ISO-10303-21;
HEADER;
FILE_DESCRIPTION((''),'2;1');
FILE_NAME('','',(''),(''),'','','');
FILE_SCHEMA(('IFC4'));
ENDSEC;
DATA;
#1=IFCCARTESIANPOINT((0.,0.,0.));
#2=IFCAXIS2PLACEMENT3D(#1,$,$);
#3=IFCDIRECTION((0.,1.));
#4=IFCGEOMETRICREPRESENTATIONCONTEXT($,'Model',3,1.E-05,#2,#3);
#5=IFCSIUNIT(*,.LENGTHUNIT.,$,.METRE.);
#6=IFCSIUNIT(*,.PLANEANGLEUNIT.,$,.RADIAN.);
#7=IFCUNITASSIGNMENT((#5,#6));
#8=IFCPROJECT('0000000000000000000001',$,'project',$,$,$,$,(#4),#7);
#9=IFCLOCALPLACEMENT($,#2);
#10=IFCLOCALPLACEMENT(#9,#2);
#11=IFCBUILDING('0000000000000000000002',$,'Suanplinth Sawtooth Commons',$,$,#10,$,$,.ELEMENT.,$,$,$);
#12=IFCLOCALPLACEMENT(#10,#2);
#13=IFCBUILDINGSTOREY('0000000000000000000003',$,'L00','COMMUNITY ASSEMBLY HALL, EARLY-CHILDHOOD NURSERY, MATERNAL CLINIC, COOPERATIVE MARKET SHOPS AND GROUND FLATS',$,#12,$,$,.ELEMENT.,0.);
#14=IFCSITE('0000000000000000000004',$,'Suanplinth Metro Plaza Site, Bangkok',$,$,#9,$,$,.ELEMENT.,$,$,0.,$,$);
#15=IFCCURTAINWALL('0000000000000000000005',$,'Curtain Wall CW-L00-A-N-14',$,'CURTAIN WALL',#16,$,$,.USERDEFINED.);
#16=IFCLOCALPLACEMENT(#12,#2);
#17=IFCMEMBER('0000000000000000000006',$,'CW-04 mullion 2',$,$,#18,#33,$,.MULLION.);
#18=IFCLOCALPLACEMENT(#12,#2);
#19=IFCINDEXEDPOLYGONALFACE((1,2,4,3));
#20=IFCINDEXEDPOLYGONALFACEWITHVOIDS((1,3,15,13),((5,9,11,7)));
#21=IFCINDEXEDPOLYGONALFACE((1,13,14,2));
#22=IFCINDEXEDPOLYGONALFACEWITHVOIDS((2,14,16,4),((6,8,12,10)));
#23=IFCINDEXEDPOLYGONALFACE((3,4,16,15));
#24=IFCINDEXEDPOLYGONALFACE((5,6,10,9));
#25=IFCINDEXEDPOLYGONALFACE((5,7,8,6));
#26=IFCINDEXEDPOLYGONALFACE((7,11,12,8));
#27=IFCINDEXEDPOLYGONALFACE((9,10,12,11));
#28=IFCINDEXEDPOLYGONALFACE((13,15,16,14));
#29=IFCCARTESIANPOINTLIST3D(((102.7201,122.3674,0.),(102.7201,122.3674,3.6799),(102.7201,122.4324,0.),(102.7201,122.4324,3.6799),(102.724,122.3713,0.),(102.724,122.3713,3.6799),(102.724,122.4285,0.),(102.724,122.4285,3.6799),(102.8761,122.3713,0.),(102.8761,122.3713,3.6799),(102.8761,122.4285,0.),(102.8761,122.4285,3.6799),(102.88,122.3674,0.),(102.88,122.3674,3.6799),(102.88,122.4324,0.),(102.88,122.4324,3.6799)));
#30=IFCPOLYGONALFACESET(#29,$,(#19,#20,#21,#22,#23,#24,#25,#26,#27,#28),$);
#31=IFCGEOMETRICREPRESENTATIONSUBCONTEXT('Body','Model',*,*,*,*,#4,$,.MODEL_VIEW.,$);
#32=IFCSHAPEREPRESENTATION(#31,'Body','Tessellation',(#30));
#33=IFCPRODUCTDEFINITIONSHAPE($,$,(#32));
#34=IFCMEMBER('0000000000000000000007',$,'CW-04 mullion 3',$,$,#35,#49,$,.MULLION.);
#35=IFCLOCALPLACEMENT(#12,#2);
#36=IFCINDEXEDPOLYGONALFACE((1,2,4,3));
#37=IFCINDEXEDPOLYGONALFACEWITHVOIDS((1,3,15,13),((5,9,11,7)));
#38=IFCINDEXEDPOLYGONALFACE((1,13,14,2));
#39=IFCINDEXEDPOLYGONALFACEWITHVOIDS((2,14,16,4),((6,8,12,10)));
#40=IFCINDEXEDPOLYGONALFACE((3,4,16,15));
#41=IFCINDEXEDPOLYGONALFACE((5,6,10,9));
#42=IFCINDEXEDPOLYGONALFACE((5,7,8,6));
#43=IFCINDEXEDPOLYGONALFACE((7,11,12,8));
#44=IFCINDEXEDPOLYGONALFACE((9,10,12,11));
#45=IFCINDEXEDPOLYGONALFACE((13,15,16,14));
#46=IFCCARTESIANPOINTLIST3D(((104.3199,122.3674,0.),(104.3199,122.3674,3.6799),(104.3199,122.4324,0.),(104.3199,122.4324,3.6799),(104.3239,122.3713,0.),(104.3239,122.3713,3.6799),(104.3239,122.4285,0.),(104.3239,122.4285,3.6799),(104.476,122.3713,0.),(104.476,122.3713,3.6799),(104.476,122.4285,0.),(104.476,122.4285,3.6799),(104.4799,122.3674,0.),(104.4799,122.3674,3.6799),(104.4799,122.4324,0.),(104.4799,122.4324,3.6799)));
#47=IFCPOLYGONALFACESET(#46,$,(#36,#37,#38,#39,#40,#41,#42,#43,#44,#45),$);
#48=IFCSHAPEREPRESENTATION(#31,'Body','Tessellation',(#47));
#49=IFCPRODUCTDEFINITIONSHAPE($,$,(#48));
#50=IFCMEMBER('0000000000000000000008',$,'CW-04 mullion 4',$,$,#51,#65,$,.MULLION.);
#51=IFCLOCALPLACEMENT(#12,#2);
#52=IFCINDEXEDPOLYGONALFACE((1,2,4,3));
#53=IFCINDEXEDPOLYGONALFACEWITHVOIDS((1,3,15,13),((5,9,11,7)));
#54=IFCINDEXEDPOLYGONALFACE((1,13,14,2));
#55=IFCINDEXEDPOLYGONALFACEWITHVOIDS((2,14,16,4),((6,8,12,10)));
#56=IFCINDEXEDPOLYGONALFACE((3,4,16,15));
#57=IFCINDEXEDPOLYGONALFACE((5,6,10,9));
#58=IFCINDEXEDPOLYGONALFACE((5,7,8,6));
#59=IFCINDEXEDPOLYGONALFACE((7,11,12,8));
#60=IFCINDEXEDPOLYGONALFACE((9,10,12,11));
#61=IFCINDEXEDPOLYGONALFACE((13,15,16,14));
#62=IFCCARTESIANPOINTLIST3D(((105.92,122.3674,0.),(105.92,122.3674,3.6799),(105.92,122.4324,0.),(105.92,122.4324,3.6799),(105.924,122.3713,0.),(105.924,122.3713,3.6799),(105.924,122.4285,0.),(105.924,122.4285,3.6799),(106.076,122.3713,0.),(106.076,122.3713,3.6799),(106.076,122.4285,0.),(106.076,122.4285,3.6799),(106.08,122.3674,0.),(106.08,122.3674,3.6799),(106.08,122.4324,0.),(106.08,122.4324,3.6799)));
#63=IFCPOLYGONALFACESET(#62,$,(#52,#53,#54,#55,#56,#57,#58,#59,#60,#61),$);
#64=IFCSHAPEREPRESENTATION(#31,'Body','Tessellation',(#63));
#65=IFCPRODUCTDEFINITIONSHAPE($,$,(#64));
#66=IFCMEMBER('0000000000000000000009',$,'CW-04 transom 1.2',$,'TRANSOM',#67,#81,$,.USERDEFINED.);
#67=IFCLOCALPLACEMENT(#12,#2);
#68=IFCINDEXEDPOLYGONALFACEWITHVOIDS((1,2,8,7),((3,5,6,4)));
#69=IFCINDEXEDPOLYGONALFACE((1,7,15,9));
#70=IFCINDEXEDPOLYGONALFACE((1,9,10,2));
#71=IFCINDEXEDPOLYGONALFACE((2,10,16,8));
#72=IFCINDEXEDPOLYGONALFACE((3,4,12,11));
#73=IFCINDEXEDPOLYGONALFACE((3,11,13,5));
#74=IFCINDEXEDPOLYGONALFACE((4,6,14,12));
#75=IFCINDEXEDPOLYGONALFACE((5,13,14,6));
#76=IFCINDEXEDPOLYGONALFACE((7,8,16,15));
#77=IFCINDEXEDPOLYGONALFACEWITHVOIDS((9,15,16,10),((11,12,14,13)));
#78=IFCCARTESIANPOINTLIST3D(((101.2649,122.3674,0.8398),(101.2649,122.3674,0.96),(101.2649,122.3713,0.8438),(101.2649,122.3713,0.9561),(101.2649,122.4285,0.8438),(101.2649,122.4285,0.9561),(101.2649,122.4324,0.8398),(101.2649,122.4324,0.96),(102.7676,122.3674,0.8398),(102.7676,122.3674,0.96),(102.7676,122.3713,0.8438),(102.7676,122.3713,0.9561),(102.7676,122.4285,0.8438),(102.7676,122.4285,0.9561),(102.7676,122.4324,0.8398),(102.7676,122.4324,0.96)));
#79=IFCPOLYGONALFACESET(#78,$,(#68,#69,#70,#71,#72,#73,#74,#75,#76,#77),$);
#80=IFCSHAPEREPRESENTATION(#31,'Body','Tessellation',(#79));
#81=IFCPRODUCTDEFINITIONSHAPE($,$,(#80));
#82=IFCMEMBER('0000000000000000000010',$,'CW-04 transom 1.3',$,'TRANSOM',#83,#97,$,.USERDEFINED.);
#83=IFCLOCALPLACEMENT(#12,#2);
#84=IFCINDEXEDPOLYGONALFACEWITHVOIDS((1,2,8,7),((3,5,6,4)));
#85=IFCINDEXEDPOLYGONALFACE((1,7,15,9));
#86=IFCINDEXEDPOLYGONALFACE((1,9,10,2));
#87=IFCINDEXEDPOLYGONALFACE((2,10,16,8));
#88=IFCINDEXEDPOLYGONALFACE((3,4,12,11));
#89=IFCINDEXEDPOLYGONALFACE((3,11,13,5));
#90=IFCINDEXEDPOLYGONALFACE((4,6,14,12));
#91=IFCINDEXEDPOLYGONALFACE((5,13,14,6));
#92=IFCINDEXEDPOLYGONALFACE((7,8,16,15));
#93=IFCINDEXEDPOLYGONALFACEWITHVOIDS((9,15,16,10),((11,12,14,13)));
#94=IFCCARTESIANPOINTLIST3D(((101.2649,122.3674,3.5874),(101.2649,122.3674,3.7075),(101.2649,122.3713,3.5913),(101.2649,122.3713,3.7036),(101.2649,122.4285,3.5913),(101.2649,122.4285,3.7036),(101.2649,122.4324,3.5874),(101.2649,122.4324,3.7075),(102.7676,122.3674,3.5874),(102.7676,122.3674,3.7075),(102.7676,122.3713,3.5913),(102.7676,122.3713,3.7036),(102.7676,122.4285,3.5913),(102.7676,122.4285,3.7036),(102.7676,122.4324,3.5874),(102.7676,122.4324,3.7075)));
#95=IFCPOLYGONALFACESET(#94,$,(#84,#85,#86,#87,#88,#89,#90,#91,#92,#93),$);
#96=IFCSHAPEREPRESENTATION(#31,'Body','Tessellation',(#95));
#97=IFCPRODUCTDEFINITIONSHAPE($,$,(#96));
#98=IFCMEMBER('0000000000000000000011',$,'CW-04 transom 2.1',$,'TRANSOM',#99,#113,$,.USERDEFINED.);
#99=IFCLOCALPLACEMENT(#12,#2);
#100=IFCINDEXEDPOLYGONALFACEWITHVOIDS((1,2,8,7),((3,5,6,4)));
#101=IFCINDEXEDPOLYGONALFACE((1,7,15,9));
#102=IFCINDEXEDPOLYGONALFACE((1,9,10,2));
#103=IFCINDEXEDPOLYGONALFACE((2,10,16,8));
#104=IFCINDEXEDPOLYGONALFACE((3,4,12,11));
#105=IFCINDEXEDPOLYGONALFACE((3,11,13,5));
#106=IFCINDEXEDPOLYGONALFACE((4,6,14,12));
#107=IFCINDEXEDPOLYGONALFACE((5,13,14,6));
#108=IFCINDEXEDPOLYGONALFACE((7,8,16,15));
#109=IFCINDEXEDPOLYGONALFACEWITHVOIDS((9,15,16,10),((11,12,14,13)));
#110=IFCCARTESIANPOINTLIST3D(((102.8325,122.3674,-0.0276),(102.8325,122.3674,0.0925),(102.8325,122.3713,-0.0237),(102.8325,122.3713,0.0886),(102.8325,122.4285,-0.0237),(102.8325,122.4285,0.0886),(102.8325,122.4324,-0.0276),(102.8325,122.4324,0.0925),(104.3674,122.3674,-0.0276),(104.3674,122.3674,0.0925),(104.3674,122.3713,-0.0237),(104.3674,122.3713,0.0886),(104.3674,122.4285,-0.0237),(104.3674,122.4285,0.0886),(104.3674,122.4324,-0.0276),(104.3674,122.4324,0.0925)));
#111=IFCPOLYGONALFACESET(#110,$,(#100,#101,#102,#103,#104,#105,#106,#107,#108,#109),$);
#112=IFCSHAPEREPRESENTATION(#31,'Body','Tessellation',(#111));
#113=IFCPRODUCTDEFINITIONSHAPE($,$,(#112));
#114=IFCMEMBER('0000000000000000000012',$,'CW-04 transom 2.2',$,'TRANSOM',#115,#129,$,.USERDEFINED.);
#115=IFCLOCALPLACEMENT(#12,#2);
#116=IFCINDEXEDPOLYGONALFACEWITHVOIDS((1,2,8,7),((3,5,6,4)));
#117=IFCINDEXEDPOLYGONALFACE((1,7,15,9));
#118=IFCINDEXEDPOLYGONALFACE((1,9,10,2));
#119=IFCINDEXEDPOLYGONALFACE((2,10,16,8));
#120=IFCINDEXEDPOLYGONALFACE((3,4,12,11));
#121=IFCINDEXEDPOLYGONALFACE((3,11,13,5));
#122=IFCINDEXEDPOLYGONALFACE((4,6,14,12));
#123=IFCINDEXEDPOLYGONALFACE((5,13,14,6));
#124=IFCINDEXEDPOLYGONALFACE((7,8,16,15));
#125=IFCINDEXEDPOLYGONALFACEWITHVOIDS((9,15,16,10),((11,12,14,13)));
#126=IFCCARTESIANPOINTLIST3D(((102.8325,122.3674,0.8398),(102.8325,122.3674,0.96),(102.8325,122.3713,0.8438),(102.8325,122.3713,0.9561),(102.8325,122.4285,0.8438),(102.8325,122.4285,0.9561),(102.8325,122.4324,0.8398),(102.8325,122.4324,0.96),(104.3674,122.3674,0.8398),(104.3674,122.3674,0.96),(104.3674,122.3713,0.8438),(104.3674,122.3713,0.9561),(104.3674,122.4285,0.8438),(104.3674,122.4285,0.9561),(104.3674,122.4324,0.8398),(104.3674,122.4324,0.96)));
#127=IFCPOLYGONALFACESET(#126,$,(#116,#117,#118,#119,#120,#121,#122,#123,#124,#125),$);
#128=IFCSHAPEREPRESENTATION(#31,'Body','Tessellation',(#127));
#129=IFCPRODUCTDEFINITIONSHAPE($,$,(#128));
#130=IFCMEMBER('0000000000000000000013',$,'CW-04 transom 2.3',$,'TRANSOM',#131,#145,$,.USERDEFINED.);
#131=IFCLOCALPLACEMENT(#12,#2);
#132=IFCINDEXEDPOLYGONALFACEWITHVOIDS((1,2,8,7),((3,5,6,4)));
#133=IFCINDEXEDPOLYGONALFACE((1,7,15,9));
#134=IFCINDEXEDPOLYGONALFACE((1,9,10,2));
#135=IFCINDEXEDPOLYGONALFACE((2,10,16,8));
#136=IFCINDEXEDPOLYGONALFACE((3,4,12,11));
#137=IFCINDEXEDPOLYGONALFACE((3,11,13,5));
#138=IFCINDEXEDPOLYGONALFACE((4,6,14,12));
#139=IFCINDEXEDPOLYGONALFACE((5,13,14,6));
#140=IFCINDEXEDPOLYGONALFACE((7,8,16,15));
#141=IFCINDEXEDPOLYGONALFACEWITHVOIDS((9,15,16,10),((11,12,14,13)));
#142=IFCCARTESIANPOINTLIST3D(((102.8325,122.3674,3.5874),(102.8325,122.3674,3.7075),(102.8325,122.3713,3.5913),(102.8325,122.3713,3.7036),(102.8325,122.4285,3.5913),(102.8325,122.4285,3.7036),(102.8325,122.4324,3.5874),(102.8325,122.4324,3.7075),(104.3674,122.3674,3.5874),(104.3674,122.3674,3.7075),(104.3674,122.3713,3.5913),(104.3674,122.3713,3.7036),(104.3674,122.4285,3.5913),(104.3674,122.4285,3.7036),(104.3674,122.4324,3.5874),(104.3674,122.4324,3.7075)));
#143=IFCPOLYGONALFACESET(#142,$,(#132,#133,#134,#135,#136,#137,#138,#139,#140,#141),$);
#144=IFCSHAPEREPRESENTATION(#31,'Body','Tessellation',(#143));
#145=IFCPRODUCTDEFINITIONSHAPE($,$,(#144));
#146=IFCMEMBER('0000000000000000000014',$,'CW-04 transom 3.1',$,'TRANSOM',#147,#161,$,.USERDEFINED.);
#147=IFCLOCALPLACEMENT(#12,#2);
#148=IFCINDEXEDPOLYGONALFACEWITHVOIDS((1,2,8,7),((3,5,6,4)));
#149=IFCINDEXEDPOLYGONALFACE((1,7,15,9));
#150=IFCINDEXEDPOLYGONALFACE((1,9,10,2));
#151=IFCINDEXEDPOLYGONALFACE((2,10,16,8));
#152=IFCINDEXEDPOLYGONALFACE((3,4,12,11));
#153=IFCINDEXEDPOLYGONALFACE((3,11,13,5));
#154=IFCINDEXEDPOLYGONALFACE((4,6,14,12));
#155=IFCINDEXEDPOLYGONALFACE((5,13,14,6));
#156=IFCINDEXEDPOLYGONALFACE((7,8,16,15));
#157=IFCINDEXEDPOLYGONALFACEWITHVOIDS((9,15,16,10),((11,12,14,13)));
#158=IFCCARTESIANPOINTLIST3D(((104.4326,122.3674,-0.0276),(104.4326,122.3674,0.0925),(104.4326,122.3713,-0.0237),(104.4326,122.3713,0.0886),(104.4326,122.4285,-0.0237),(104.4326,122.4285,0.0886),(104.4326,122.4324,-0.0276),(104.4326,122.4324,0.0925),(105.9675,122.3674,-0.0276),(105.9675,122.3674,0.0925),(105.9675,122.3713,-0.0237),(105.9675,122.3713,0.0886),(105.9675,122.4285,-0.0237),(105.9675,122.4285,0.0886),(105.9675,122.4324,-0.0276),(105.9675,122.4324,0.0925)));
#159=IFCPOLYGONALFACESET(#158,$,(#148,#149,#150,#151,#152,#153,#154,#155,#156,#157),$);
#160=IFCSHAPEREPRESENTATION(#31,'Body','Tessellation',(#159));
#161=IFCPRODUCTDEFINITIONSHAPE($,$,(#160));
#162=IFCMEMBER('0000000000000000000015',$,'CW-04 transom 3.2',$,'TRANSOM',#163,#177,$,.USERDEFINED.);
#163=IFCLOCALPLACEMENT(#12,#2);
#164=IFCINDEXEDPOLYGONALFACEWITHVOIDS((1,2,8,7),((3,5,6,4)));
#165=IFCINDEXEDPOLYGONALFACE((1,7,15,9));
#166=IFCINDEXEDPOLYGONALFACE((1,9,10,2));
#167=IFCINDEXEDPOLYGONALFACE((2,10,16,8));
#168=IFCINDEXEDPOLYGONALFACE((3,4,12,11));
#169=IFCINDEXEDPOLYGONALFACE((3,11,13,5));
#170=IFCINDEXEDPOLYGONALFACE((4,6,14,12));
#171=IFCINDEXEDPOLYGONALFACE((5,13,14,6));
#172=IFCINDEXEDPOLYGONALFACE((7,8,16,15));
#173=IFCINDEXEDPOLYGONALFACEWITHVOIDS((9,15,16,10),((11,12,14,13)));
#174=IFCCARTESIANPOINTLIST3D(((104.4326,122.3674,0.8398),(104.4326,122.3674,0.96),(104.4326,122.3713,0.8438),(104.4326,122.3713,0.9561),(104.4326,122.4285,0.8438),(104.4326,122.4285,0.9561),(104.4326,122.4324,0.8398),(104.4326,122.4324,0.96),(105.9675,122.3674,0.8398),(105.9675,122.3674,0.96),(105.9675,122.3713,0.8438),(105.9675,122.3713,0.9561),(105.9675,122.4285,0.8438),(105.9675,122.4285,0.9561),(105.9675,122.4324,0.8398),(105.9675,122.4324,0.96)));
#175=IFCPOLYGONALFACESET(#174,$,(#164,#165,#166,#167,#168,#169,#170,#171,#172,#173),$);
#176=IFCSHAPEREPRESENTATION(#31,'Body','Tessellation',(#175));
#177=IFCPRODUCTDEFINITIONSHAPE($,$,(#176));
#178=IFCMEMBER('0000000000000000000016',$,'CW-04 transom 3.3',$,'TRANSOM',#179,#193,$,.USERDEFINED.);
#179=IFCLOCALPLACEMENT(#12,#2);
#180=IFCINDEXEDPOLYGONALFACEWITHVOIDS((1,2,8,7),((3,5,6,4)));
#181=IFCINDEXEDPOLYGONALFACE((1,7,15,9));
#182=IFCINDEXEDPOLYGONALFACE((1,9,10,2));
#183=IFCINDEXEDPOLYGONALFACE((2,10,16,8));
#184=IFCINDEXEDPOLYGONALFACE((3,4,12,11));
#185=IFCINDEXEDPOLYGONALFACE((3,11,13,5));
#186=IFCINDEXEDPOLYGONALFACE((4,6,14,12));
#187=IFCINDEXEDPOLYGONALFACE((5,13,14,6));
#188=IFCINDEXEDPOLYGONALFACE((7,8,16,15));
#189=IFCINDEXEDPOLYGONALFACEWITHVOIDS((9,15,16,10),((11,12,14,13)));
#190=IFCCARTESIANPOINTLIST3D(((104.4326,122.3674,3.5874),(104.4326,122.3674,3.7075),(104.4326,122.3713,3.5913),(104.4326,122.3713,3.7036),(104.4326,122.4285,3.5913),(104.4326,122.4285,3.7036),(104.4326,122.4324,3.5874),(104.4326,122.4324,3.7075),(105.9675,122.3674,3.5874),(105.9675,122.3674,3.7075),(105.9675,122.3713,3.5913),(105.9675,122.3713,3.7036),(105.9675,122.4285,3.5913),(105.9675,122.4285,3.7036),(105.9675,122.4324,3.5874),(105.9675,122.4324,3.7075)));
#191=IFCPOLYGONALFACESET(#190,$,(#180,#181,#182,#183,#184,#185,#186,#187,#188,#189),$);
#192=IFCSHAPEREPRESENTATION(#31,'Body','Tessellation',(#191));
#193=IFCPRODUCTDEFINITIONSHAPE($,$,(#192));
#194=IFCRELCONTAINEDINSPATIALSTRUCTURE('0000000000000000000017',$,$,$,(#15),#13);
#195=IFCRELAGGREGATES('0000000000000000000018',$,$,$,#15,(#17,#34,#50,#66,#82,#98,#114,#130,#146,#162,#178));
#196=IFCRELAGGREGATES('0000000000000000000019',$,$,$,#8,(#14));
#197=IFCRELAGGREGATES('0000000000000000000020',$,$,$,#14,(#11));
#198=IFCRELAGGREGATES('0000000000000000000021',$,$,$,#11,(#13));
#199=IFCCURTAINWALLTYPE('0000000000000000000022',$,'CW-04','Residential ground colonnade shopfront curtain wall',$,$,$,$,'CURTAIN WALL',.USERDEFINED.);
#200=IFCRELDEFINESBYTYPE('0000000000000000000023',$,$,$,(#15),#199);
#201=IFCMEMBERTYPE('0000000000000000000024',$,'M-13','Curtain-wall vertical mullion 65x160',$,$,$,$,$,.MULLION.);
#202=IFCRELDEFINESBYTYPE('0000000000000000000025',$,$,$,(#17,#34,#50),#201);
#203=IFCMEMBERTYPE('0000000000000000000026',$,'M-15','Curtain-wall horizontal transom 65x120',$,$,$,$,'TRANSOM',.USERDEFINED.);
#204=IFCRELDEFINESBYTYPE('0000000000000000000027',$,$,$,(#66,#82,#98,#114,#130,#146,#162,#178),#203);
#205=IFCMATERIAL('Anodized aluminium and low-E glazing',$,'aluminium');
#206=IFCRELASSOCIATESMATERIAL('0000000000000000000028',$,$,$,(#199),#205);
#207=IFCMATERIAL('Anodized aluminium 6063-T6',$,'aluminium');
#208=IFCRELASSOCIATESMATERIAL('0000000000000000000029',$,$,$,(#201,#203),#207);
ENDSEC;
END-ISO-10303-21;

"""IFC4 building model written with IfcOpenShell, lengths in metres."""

from ifc_helpers import new_model, si_unit, direction, frame, origin, origin_2d, place, context, subcontext, project, spatial, hollow_rectangle, extrude, material, material_profile, profile_set, type_object, element, aggregate, save


model = new_model("IFC4")

# Units and contexts
model_context = context("Model", 3, precision=1e-05, world=origin(), true_north=direction((0.0, 1.0)))
body_context = subcontext(model_context, "Body", "Model", "MODEL_VIEW")
ifc_project = project(units=[si_unit("LENGTHUNIT", "METRE"), si_unit("PLANEANGLEUNIT", "RADIAN")], contexts=[model_context])

# Site, building, storey
site_placement = place(None, origin())
site = spatial("IfcSite", under=ifc_project, at=site_placement, Name="Suanplinth Metro Plaza Site, Bangkok", CompositionType="ELEMENT", RefElevation=0.0)
building_placement = place(site_placement, origin())
building = spatial("IfcBuilding", under=site, at=building_placement, Name="Suanplinth Sawtooth Commons", CompositionType="ELEMENT")
storey_placement = place(building_placement, origin())
storey = spatial("IfcBuildingStorey", under=building, at=storey_placement, Name="L00", Description="COMMUNITY ASSEMBLY HALL, EARLY-CHILDHOOD NURSERY, MATERNAL CLINIC, COOPERATIVE MARKET SHOPS AND GROUND FLATS", CompositionType="ELEMENT", Elevation=0.0)

# Curtain wall, members
ifc_material_1 = material(Name="Anodized aluminium and low-E glazing", Category="aluminium")
curtain_wall_type = type_object("IfcCurtainWallType", Name="CW-04", Description="Residential ground colonnade shopfront curtain wall", ElementType="CURTAIN WALL", PredefinedType="USERDEFINED", material=ifc_material_1)
curtain_wall_placement = place(storey_placement, origin())
curtain_wall = element("IfcCurtainWall", 1, at=curtain_wall_placement, inside=storey, type_object=curtain_wall_type, Name="Curtain Wall CW-L00-A-N-14", ObjectType="CURTAIN WALL", PredefinedType="USERDEFINED")
ifc_material_2 = material(Name="Anodized aluminium 6063-T6", Category="aluminium")
ifc_material_profile_1 = material_profile(ifc_material_2, hollow_rectangle(XDim=0.0649, YDim=0.1599, WallThickness=0.0039, at=origin_2d()), Name="ALU-MUL 65x160")
ifc_profile_set_1 = profile_set([ifc_material_profile_1], Name="Anodized aluminium 6063-T6")
member_type_1 = type_object("IfcMemberType", Name="M-13", Description="Curtain-wall vertical mullion 65x160", PredefinedType="MULLION", material=ifc_profile_set_1)
member_1_placement = place(storey_placement, frame((102.8, 122.3999, 0.0), z_axis=(0.0, 0.0, 1.0), x_axis=(0.0, 1.0, 0.0)))
member_1 = element("IfcMember", 2, at=member_1_placement, type_object=member_type_1, Name="CW-04 mullion 2", PredefinedType="MULLION", context=body_context, shape_type="SweptSolid", body=[
    extrude(hollow_rectangle(XDim=0.0649, YDim=0.1599, WallThickness=0.0039, at=origin_2d()), origin(), (0.0, 0.0, 1.0), 3.6799),
])
member_2_placement = place(storey_placement, frame((104.3999, 122.3999, 0.0), z_axis=(0.0, 0.0, 1.0), x_axis=(0.0, 1.0, 0.0)))
member_2 = element("IfcMember", 3, at=member_2_placement, type_object=member_type_1, Name="CW-04 mullion 3", PredefinedType="MULLION", context=body_context, shape_type="SweptSolid", body=[
    extrude(hollow_rectangle(XDim=0.0649, YDim=0.1599, WallThickness=0.0039, at=origin_2d()), origin(), (0.0, 0.0, 1.0), 3.6799),
])
member_3_placement = place(storey_placement, frame((106.0, 122.3999, 0.0), z_axis=(0.0, 0.0, 1.0), x_axis=(0.0, 1.0, 0.0)))
member_3 = element("IfcMember", 4, at=member_3_placement, type_object=member_type_1, Name="CW-04 mullion 4", PredefinedType="MULLION", context=body_context, shape_type="SweptSolid", body=[
    extrude(hollow_rectangle(XDim=0.0649, YDim=0.1599, WallThickness=0.0039, at=origin_2d()), origin(), (0.0, 0.0, 1.0), 3.6799),
])
ifc_material_profile_2 = material_profile(ifc_material_2, hollow_rectangle(XDim=0.0649, YDim=0.1201, WallThickness=0.0039, at=origin_2d()), Name="ALU-TRN 65x120")
ifc_profile_set_2 = profile_set([ifc_material_profile_2], Name="Anodized aluminium 6063-T6")
member_type_2 = type_object("IfcMemberType", Name="M-15", Description="Curtain-wall horizontal transom 65x120", ElementType="TRANSOM", PredefinedType="USERDEFINED", material=ifc_profile_set_2)
member_4_placement = place(storey_placement, frame((101.2649, 122.3999, 0.8999), z_axis=(1.0, 0.0, 0.0), x_axis=(0.0, 1.0, 0.0)))
member_4 = element("IfcMember", 5, at=member_4_placement, type_object=member_type_2, Name="CW-04 transom 1.2", ObjectType="TRANSOM", PredefinedType="USERDEFINED", context=body_context, shape_type="SweptSolid", body=[
    extrude(hollow_rectangle(XDim=0.0649, YDim=0.1201, WallThickness=0.0039, at=origin_2d()), origin(), (0.0, 0.0, 1.0), 1.5027),
])
member_5_placement = place(storey_placement, frame((101.2649, 122.3999, 3.6475), z_axis=(1.0, 0.0, 0.0), x_axis=(0.0, 1.0, 0.0)))
member_5 = element("IfcMember", 6, at=member_5_placement, type_object=member_type_2, Name="CW-04 transom 1.3", ObjectType="TRANSOM", PredefinedType="USERDEFINED", context=body_context, shape_type="SweptSolid", body=[
    extrude(hollow_rectangle(XDim=0.0649, YDim=0.1201, WallThickness=0.0039, at=origin_2d()), origin(), (0.0, 0.0, 1.0), 1.5027),
])
member_6_placement = place(storey_placement, frame((102.8325, 122.3999, 0.0325), z_axis=(1.0, 0.0, 0.0), x_axis=(0.0, 1.0, 0.0)))
member_6 = element("IfcMember", 7, at=member_6_placement, type_object=member_type_2, Name="CW-04 transom 2.1", ObjectType="TRANSOM", PredefinedType="USERDEFINED", context=body_context, shape_type="SweptSolid", body=[
    extrude(hollow_rectangle(XDim=0.0649, YDim=0.1201, WallThickness=0.0039, at=origin_2d()), origin(), (0.0, 0.0, 1.0), 1.5349),
])
member_7_placement = place(storey_placement, frame((102.8325, 122.3999, 0.8999), z_axis=(1.0, 0.0, 0.0), x_axis=(0.0, 1.0, 0.0)))
member_7 = element("IfcMember", 8, at=member_7_placement, type_object=member_type_2, Name="CW-04 transom 2.2", ObjectType="TRANSOM", PredefinedType="USERDEFINED", context=body_context, shape_type="SweptSolid", body=[
    extrude(hollow_rectangle(XDim=0.0649, YDim=0.1201, WallThickness=0.0039, at=origin_2d()), origin(), (0.0, 0.0, 1.0), 1.5349),
])
member_8_placement = place(storey_placement, frame((102.8325, 122.3999, 3.6475), z_axis=(1.0, 0.0, 0.0), x_axis=(0.0, 1.0, 0.0)))
member_8 = element("IfcMember", 9, at=member_8_placement, type_object=member_type_2, Name="CW-04 transom 2.3", ObjectType="TRANSOM", PredefinedType="USERDEFINED", context=body_context, shape_type="SweptSolid", body=[
    extrude(hollow_rectangle(XDim=0.0649, YDim=0.1201, WallThickness=0.0039, at=origin_2d()), origin(), (0.0, 0.0, 1.0), 1.5349),
])
member_9_placement = place(storey_placement, frame((104.4326, 122.3999, 0.0325), z_axis=(1.0, 0.0, 0.0), x_axis=(0.0, 1.0, 0.0)))
member_9 = element("IfcMember", 10, at=member_9_placement, type_object=member_type_2, Name="CW-04 transom 3.1", ObjectType="TRANSOM", PredefinedType="USERDEFINED", context=body_context, shape_type="SweptSolid", body=[
    extrude(hollow_rectangle(XDim=0.0649, YDim=0.1201, WallThickness=0.0039, at=origin_2d()), origin(), (0.0, 0.0, 1.0), 1.5349),
])
member_10_placement = place(storey_placement, frame((104.4326, 122.3999, 0.8999), z_axis=(1.0, 0.0, 0.0), x_axis=(0.0, 1.0, 0.0)))
member_10 = element("IfcMember", 11, at=member_10_placement, type_object=member_type_2, Name="CW-04 transom 3.2", ObjectType="TRANSOM", PredefinedType="USERDEFINED", context=body_context, shape_type="SweptSolid", body=[
    extrude(hollow_rectangle(XDim=0.0649, YDim=0.1201, WallThickness=0.0039, at=origin_2d()), origin(), (0.0, 0.0, 1.0), 1.5349),
])
member_11_placement = place(storey_placement, frame((104.4326, 122.3999, 3.6475), z_axis=(1.0, 0.0, 0.0), x_axis=(0.0, 1.0, 0.0)))
member_11 = element("IfcMember", 12, at=member_11_placement, type_object=member_type_2, Name="CW-04 transom 3.3", ObjectType="TRANSOM", PredefinedType="USERDEFINED", context=body_context, shape_type="SweptSolid", body=[
    extrude(hollow_rectangle(XDim=0.0649, YDim=0.1201, WallThickness=0.0039, at=origin_2d()), origin(), (0.0, 0.0, 1.0), 1.5349),
])
aggregate(curtain_wall, [member_1, member_2, member_3, member_4, member_5, member_6, member_7, member_8, member_9, member_10, member_11])

save(model, "model.ifc")
